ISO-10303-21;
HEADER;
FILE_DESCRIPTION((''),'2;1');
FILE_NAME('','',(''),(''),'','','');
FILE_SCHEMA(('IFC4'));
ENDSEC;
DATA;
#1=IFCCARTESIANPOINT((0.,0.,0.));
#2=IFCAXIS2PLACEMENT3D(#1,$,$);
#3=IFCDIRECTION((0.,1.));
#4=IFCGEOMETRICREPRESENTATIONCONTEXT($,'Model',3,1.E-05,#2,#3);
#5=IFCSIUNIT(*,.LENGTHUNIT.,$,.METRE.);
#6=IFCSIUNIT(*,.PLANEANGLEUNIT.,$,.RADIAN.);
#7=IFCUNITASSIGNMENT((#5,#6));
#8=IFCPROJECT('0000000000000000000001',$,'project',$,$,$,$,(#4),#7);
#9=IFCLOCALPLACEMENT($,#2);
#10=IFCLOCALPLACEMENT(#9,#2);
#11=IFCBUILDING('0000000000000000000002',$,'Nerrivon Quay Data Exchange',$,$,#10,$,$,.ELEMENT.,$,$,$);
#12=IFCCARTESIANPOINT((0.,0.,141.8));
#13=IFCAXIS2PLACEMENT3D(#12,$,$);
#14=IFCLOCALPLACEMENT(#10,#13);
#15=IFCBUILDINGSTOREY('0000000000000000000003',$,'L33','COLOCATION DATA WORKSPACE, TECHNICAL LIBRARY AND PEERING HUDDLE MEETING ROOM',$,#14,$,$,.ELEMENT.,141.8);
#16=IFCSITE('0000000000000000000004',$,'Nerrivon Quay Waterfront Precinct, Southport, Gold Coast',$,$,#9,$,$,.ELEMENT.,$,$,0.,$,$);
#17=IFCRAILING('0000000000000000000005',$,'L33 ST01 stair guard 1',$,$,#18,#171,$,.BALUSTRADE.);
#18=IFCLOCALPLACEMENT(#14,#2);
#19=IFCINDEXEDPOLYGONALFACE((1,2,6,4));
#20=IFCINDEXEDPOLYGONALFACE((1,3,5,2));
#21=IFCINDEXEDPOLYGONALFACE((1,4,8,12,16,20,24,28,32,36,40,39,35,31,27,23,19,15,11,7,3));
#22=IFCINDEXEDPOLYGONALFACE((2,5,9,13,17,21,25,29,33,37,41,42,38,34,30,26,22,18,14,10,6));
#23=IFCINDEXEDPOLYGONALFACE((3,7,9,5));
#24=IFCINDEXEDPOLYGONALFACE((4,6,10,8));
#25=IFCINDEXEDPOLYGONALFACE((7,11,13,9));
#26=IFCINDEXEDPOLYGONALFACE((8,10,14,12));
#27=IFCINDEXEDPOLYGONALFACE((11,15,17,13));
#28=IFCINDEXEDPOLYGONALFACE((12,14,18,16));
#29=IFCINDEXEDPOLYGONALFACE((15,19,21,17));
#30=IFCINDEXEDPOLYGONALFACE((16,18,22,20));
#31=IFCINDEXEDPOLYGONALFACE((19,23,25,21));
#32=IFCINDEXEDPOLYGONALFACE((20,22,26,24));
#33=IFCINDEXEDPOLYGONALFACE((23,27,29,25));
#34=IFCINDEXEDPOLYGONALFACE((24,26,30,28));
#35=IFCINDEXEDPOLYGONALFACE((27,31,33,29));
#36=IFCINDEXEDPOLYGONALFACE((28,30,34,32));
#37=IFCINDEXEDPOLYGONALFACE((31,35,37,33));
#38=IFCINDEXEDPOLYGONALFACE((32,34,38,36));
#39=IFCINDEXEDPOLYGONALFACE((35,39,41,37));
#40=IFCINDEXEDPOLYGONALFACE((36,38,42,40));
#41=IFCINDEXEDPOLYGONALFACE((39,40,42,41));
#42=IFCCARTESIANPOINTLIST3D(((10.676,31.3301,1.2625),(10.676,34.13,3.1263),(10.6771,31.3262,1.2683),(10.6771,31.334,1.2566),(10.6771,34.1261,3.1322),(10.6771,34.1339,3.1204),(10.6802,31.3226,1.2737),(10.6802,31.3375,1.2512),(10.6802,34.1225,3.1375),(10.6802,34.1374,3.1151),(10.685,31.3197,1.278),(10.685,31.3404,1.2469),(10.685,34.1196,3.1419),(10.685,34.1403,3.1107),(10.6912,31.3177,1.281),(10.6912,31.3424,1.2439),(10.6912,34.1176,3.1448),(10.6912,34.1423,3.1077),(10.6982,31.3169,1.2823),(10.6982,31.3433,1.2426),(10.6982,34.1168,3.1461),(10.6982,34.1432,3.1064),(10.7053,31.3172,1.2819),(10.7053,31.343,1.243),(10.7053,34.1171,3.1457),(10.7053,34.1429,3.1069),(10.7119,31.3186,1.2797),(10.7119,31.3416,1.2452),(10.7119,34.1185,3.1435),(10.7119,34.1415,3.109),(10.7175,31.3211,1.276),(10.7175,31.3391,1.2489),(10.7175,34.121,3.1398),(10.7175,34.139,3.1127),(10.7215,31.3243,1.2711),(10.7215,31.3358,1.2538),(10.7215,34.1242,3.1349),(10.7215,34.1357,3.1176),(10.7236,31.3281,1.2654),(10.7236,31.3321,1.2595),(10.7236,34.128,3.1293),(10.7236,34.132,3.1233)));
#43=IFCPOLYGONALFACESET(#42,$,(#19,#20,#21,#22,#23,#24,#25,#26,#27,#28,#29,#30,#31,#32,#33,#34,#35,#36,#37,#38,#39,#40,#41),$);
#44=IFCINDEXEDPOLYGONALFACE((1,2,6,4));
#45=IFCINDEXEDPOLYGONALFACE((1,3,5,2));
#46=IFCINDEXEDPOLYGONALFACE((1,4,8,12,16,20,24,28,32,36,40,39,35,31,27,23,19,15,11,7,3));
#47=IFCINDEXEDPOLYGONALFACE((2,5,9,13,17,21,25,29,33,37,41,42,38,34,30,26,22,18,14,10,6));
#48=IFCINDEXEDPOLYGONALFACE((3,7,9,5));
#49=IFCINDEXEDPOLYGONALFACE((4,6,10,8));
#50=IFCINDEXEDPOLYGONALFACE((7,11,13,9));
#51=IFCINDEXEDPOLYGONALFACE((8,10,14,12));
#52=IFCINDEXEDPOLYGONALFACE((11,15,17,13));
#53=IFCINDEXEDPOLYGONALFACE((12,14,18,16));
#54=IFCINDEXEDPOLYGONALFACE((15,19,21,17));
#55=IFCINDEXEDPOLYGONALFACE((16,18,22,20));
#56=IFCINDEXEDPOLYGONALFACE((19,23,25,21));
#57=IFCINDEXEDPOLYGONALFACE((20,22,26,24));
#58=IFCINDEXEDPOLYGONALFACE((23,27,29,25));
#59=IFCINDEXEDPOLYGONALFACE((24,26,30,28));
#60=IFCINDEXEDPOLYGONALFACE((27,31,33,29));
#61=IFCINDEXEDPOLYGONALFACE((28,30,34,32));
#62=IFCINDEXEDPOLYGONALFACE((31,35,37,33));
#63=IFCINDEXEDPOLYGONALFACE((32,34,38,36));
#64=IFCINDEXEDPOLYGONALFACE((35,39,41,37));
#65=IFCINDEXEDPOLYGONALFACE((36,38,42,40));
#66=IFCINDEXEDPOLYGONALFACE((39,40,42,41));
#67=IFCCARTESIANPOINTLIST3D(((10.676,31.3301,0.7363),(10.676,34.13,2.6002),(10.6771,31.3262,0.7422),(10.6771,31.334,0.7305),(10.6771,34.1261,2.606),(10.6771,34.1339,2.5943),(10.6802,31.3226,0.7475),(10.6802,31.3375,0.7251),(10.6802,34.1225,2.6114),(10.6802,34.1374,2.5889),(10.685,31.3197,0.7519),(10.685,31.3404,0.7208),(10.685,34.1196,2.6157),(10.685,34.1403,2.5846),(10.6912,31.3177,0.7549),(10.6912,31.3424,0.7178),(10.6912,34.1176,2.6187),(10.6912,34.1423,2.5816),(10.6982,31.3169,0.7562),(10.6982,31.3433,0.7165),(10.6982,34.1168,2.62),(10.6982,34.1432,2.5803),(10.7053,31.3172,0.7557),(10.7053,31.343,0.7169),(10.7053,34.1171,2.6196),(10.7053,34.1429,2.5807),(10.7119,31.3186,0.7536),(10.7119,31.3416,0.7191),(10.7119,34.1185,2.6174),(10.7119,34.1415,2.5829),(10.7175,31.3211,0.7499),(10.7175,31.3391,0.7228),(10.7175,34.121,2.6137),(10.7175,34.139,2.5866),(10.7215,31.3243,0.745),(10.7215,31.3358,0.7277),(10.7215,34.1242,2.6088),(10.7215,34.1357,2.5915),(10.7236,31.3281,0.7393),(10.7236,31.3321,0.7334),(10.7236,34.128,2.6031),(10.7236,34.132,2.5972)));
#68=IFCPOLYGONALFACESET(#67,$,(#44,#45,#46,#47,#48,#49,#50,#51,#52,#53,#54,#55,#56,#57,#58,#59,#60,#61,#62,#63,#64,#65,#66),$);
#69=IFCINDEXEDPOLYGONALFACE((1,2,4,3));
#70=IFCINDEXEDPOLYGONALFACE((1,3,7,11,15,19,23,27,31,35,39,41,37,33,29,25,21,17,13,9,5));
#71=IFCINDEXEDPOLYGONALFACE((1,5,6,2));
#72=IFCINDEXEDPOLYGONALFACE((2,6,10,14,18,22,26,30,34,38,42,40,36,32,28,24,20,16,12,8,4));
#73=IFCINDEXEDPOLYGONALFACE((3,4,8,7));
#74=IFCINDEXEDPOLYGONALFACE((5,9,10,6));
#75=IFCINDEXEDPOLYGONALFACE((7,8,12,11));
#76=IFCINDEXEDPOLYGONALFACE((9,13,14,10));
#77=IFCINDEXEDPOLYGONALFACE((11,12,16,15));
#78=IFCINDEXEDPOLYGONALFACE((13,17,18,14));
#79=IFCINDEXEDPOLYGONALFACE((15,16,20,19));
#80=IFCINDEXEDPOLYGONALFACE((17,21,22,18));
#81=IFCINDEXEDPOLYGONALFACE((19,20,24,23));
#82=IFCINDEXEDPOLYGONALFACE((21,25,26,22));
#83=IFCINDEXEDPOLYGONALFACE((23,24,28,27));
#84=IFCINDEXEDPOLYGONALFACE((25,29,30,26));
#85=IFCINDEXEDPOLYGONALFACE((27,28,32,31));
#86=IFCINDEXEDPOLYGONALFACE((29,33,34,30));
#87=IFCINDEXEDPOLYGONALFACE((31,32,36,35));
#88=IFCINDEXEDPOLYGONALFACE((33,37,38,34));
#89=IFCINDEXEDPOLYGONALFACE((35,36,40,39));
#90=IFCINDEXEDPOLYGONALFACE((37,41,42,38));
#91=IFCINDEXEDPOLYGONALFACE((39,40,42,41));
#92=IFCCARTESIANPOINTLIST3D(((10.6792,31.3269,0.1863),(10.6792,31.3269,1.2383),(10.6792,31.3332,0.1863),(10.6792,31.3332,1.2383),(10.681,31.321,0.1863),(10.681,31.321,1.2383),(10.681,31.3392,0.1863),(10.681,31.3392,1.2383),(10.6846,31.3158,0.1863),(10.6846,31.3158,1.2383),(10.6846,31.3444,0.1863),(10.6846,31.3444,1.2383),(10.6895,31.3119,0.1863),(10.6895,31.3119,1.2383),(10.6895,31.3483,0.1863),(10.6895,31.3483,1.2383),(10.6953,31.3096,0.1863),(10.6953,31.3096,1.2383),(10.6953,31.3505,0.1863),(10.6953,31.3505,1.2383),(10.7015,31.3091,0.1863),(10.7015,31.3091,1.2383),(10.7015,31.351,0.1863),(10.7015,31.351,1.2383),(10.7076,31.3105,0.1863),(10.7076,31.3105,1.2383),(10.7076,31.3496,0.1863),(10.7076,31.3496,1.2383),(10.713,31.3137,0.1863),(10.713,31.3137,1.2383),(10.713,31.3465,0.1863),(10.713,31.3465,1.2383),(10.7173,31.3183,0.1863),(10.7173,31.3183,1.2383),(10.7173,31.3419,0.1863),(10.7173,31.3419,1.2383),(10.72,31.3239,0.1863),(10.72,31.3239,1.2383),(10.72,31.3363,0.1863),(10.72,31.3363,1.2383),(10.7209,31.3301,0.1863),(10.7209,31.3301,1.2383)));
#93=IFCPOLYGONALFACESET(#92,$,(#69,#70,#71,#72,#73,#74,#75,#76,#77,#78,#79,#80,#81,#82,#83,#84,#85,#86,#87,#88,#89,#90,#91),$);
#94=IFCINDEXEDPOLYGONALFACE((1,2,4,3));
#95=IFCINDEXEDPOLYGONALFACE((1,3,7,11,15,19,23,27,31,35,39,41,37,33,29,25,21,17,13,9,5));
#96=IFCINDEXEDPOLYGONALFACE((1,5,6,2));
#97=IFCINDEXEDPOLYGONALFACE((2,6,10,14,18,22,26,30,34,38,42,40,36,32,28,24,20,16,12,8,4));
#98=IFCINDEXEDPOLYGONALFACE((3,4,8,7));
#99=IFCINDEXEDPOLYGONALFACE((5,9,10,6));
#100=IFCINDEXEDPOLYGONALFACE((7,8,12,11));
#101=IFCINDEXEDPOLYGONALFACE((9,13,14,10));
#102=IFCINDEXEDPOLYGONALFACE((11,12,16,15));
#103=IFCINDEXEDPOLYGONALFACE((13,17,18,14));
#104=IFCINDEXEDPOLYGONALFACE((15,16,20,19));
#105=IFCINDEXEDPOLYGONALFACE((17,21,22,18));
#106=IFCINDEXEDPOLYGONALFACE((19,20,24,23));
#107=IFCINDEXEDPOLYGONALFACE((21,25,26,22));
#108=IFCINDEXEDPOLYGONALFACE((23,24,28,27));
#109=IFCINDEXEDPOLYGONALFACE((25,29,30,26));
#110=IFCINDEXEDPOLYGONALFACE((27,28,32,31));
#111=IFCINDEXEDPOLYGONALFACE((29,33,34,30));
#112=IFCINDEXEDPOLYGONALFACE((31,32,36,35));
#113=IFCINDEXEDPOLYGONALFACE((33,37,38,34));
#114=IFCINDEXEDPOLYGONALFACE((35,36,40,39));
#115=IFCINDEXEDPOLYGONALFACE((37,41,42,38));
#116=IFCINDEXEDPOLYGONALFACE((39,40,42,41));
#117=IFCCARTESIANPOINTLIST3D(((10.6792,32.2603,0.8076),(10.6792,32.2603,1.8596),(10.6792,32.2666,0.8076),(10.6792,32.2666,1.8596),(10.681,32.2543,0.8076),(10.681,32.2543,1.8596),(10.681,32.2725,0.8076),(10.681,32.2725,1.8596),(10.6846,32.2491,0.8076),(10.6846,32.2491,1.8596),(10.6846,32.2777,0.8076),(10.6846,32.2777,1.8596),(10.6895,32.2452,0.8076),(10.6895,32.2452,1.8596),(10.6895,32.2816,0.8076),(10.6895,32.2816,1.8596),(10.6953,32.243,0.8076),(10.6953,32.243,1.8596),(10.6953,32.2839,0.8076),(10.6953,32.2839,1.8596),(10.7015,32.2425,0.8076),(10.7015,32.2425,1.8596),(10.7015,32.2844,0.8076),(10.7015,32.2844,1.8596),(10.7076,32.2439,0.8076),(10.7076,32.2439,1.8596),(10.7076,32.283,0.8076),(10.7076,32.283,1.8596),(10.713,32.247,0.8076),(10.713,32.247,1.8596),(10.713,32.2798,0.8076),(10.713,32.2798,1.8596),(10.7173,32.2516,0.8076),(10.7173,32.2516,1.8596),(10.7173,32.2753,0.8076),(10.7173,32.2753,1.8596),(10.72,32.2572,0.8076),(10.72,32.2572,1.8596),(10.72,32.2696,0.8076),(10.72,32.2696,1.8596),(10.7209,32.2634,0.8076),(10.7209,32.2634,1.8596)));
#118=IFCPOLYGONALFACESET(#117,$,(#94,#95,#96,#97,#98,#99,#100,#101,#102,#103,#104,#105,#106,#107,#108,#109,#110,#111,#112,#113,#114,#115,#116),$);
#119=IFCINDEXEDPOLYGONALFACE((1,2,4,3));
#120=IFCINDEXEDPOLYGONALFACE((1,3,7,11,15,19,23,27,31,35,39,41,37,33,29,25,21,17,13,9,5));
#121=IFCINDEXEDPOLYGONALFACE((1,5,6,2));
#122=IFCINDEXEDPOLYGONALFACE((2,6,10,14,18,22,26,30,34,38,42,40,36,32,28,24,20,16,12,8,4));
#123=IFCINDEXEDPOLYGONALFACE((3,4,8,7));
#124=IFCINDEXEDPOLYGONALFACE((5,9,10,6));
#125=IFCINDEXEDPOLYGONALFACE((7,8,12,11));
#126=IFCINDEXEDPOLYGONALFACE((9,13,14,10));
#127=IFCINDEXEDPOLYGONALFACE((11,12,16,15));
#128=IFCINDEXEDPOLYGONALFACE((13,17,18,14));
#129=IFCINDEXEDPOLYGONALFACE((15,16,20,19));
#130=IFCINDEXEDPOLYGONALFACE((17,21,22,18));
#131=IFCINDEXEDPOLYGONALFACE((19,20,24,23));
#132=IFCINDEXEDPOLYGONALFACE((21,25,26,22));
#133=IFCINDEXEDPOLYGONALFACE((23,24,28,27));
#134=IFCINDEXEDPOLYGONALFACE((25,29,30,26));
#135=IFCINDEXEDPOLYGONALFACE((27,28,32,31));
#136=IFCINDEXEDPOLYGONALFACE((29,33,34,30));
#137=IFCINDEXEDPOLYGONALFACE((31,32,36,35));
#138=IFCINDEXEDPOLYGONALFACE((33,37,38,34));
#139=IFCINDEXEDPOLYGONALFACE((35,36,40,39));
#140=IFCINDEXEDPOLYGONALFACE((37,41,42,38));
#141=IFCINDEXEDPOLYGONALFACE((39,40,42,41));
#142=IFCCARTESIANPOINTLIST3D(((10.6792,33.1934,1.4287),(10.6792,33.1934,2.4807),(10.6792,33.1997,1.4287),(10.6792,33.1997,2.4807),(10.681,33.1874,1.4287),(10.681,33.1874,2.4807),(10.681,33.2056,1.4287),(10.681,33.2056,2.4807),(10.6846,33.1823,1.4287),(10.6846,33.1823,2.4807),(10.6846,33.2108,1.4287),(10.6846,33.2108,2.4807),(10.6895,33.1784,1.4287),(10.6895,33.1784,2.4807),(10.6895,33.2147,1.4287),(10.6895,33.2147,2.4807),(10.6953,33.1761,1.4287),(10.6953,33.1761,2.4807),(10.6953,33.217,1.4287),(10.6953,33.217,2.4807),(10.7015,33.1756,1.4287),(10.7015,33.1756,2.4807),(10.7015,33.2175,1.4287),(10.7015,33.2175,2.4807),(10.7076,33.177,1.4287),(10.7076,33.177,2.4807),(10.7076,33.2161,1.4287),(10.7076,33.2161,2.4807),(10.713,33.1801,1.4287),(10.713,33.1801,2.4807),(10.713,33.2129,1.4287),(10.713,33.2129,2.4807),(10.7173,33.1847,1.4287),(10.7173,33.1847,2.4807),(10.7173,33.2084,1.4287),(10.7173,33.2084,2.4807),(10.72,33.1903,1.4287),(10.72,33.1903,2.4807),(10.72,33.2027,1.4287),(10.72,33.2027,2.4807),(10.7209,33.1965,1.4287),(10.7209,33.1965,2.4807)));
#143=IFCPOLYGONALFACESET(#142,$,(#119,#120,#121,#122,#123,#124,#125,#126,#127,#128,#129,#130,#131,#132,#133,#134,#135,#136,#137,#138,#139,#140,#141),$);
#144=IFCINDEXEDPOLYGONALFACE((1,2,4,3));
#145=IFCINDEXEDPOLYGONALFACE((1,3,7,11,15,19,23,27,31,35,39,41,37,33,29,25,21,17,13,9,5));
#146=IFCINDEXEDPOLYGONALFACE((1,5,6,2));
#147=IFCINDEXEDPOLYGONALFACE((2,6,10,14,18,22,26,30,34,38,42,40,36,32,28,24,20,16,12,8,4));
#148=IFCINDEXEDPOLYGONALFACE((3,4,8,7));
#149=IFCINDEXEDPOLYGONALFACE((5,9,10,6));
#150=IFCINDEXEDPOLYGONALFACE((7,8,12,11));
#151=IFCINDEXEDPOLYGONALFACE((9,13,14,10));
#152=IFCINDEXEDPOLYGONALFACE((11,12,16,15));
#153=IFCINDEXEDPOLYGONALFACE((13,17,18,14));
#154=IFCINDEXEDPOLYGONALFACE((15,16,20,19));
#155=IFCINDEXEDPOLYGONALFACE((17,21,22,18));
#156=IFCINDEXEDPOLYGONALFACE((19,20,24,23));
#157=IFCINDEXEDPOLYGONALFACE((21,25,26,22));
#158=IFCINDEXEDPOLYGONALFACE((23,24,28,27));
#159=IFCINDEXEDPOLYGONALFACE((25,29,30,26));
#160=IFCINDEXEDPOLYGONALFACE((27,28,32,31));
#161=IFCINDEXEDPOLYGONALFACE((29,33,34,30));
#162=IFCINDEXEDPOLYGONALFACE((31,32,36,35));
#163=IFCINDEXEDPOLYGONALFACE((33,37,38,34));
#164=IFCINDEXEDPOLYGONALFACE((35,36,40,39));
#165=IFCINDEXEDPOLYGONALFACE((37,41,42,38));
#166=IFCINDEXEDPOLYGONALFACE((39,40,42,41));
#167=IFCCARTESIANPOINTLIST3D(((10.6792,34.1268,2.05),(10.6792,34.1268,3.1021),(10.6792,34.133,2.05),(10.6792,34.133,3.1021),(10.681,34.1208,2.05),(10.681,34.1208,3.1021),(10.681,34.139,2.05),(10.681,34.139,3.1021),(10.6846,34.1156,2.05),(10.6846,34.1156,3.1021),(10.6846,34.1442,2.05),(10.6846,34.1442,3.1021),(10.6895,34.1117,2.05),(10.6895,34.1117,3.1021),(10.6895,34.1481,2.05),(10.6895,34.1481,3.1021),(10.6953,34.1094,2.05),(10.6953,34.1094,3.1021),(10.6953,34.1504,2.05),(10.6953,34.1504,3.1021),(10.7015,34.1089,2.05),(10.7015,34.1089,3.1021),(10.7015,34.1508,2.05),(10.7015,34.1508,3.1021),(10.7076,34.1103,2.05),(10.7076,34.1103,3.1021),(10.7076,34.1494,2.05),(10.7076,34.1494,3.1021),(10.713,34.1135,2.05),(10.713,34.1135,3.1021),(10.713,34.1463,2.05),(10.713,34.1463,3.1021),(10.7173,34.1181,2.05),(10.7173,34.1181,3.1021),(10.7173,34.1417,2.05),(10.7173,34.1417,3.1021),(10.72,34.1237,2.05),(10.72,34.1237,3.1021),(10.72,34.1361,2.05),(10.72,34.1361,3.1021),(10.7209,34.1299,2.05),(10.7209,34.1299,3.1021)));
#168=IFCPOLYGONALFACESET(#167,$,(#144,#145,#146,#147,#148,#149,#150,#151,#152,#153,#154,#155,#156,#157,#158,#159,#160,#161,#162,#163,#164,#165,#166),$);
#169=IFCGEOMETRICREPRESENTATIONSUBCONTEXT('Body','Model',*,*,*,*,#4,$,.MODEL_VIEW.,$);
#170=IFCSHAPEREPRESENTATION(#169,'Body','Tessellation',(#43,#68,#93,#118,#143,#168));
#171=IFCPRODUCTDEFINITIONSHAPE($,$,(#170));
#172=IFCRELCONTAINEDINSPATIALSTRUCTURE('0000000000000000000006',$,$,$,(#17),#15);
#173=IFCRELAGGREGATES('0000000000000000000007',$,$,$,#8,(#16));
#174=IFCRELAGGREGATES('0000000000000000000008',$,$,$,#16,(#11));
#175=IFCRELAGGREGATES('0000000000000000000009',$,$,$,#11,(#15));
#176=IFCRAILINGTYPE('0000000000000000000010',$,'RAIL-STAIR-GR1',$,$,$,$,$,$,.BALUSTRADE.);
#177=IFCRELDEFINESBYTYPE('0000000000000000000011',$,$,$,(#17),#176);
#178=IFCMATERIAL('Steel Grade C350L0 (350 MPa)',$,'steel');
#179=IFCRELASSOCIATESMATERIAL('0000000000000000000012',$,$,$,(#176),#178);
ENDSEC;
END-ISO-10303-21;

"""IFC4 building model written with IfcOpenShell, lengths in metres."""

from ifc_helpers import new_model, si_unit, direction, frame, origin, origin_2d, place, context, subcontext, project, spatial, circle, extrude, material, type_object, element, save


model = new_model("IFC4")

# Units and contexts
model_context = context("Model", 3, precision=1e-05, world=origin(), true_north=direction((0.0, 1.0)))
body_context = subcontext(model_context, "Body", "Model", "MODEL_VIEW")
ifc_project = project(units=[si_unit("LENGTHUNIT", "METRE"), si_unit("PLANEANGLEUNIT", "RADIAN")], contexts=[model_context])

# Site, building, storey
site_placement = place(None, origin())
site = spatial("IfcSite", under=ifc_project, at=site_placement, Name="Nerrivon Quay Waterfront Precinct, Southport, Gold Coast", CompositionType="ELEMENT", RefElevation=0.0)
building_placement = place(site_placement, origin())
building = spatial("IfcBuilding", under=site, at=building_placement, Name="Nerrivon Quay Data Exchange", CompositionType="ELEMENT")
storey_placement = place(building_placement, frame((0.0, 0.0, 141.8)))
storey = spatial("IfcBuildingStorey", under=building, at=storey_placement, Name="L33", Description="COLOCATION DATA WORKSPACE, TECHNICAL LIBRARY AND PEERING HUDDLE MEETING ROOM", CompositionType="ELEMENT", Elevation=141.8)

# Railing
ifc_material_1 = material(Name="Steel Grade C350L0 (350 MPa)", Category="steel")
railing_type_1 = type_object("IfcRailingType", Name="RAIL-STAIR-GR1", PredefinedType="BALUSTRADE", material=ifc_material_1)
railing_1_placement = place(storey_placement, frame((10.7, 31.3301, 0.1863)))
element("IfcRailing", 1, at=railing_1_placement, inside=storey, type_object=railing_type_1, Name="L33 ST01 stair guard 1", PredefinedType="BALUSTRADE", context=body_context, shape_type="SweptSolid", body=[
    extrude(circle(Radius=0.0239, at=origin_2d()), frame((0.0, 0.0, 1.0762), z_axis=(0.0, 0.83243, 0.554131), x_axis=(-1.0, 0.0, 0.0)), (0.0, 0.0, 1.0), 3.3635),
    extrude(circle(Radius=0.0239, at=origin_2d()), frame((0.0, 0.0, 0.55), z_axis=(0.0, 0.83243, 0.554131), x_axis=(-1.0, 0.0, 0.0)), (0.0, 0.0, 1.0), 3.3635),
    extrude(circle(Radius=0.021, at=origin_2d()), origin(), (0.0, 0.0, 1.0), 1.052),
    extrude(circle(Radius=0.021, at=origin_2d()), frame((0.0, 0.9333, 0.6213)), (0.0, 0.0, 1.0), 1.052),
    extrude(circle(Radius=0.021, at=origin_2d()), frame((0.0, 1.8665, 1.2424)), (0.0, 0.0, 1.0), 1.052),
    extrude(circle(Radius=0.021, at=origin_2d()), frame((0.0, 2.7998, 1.8638)), (0.0, 0.0, 1.0), 1.052),
])

save(model, "model.ifc")
